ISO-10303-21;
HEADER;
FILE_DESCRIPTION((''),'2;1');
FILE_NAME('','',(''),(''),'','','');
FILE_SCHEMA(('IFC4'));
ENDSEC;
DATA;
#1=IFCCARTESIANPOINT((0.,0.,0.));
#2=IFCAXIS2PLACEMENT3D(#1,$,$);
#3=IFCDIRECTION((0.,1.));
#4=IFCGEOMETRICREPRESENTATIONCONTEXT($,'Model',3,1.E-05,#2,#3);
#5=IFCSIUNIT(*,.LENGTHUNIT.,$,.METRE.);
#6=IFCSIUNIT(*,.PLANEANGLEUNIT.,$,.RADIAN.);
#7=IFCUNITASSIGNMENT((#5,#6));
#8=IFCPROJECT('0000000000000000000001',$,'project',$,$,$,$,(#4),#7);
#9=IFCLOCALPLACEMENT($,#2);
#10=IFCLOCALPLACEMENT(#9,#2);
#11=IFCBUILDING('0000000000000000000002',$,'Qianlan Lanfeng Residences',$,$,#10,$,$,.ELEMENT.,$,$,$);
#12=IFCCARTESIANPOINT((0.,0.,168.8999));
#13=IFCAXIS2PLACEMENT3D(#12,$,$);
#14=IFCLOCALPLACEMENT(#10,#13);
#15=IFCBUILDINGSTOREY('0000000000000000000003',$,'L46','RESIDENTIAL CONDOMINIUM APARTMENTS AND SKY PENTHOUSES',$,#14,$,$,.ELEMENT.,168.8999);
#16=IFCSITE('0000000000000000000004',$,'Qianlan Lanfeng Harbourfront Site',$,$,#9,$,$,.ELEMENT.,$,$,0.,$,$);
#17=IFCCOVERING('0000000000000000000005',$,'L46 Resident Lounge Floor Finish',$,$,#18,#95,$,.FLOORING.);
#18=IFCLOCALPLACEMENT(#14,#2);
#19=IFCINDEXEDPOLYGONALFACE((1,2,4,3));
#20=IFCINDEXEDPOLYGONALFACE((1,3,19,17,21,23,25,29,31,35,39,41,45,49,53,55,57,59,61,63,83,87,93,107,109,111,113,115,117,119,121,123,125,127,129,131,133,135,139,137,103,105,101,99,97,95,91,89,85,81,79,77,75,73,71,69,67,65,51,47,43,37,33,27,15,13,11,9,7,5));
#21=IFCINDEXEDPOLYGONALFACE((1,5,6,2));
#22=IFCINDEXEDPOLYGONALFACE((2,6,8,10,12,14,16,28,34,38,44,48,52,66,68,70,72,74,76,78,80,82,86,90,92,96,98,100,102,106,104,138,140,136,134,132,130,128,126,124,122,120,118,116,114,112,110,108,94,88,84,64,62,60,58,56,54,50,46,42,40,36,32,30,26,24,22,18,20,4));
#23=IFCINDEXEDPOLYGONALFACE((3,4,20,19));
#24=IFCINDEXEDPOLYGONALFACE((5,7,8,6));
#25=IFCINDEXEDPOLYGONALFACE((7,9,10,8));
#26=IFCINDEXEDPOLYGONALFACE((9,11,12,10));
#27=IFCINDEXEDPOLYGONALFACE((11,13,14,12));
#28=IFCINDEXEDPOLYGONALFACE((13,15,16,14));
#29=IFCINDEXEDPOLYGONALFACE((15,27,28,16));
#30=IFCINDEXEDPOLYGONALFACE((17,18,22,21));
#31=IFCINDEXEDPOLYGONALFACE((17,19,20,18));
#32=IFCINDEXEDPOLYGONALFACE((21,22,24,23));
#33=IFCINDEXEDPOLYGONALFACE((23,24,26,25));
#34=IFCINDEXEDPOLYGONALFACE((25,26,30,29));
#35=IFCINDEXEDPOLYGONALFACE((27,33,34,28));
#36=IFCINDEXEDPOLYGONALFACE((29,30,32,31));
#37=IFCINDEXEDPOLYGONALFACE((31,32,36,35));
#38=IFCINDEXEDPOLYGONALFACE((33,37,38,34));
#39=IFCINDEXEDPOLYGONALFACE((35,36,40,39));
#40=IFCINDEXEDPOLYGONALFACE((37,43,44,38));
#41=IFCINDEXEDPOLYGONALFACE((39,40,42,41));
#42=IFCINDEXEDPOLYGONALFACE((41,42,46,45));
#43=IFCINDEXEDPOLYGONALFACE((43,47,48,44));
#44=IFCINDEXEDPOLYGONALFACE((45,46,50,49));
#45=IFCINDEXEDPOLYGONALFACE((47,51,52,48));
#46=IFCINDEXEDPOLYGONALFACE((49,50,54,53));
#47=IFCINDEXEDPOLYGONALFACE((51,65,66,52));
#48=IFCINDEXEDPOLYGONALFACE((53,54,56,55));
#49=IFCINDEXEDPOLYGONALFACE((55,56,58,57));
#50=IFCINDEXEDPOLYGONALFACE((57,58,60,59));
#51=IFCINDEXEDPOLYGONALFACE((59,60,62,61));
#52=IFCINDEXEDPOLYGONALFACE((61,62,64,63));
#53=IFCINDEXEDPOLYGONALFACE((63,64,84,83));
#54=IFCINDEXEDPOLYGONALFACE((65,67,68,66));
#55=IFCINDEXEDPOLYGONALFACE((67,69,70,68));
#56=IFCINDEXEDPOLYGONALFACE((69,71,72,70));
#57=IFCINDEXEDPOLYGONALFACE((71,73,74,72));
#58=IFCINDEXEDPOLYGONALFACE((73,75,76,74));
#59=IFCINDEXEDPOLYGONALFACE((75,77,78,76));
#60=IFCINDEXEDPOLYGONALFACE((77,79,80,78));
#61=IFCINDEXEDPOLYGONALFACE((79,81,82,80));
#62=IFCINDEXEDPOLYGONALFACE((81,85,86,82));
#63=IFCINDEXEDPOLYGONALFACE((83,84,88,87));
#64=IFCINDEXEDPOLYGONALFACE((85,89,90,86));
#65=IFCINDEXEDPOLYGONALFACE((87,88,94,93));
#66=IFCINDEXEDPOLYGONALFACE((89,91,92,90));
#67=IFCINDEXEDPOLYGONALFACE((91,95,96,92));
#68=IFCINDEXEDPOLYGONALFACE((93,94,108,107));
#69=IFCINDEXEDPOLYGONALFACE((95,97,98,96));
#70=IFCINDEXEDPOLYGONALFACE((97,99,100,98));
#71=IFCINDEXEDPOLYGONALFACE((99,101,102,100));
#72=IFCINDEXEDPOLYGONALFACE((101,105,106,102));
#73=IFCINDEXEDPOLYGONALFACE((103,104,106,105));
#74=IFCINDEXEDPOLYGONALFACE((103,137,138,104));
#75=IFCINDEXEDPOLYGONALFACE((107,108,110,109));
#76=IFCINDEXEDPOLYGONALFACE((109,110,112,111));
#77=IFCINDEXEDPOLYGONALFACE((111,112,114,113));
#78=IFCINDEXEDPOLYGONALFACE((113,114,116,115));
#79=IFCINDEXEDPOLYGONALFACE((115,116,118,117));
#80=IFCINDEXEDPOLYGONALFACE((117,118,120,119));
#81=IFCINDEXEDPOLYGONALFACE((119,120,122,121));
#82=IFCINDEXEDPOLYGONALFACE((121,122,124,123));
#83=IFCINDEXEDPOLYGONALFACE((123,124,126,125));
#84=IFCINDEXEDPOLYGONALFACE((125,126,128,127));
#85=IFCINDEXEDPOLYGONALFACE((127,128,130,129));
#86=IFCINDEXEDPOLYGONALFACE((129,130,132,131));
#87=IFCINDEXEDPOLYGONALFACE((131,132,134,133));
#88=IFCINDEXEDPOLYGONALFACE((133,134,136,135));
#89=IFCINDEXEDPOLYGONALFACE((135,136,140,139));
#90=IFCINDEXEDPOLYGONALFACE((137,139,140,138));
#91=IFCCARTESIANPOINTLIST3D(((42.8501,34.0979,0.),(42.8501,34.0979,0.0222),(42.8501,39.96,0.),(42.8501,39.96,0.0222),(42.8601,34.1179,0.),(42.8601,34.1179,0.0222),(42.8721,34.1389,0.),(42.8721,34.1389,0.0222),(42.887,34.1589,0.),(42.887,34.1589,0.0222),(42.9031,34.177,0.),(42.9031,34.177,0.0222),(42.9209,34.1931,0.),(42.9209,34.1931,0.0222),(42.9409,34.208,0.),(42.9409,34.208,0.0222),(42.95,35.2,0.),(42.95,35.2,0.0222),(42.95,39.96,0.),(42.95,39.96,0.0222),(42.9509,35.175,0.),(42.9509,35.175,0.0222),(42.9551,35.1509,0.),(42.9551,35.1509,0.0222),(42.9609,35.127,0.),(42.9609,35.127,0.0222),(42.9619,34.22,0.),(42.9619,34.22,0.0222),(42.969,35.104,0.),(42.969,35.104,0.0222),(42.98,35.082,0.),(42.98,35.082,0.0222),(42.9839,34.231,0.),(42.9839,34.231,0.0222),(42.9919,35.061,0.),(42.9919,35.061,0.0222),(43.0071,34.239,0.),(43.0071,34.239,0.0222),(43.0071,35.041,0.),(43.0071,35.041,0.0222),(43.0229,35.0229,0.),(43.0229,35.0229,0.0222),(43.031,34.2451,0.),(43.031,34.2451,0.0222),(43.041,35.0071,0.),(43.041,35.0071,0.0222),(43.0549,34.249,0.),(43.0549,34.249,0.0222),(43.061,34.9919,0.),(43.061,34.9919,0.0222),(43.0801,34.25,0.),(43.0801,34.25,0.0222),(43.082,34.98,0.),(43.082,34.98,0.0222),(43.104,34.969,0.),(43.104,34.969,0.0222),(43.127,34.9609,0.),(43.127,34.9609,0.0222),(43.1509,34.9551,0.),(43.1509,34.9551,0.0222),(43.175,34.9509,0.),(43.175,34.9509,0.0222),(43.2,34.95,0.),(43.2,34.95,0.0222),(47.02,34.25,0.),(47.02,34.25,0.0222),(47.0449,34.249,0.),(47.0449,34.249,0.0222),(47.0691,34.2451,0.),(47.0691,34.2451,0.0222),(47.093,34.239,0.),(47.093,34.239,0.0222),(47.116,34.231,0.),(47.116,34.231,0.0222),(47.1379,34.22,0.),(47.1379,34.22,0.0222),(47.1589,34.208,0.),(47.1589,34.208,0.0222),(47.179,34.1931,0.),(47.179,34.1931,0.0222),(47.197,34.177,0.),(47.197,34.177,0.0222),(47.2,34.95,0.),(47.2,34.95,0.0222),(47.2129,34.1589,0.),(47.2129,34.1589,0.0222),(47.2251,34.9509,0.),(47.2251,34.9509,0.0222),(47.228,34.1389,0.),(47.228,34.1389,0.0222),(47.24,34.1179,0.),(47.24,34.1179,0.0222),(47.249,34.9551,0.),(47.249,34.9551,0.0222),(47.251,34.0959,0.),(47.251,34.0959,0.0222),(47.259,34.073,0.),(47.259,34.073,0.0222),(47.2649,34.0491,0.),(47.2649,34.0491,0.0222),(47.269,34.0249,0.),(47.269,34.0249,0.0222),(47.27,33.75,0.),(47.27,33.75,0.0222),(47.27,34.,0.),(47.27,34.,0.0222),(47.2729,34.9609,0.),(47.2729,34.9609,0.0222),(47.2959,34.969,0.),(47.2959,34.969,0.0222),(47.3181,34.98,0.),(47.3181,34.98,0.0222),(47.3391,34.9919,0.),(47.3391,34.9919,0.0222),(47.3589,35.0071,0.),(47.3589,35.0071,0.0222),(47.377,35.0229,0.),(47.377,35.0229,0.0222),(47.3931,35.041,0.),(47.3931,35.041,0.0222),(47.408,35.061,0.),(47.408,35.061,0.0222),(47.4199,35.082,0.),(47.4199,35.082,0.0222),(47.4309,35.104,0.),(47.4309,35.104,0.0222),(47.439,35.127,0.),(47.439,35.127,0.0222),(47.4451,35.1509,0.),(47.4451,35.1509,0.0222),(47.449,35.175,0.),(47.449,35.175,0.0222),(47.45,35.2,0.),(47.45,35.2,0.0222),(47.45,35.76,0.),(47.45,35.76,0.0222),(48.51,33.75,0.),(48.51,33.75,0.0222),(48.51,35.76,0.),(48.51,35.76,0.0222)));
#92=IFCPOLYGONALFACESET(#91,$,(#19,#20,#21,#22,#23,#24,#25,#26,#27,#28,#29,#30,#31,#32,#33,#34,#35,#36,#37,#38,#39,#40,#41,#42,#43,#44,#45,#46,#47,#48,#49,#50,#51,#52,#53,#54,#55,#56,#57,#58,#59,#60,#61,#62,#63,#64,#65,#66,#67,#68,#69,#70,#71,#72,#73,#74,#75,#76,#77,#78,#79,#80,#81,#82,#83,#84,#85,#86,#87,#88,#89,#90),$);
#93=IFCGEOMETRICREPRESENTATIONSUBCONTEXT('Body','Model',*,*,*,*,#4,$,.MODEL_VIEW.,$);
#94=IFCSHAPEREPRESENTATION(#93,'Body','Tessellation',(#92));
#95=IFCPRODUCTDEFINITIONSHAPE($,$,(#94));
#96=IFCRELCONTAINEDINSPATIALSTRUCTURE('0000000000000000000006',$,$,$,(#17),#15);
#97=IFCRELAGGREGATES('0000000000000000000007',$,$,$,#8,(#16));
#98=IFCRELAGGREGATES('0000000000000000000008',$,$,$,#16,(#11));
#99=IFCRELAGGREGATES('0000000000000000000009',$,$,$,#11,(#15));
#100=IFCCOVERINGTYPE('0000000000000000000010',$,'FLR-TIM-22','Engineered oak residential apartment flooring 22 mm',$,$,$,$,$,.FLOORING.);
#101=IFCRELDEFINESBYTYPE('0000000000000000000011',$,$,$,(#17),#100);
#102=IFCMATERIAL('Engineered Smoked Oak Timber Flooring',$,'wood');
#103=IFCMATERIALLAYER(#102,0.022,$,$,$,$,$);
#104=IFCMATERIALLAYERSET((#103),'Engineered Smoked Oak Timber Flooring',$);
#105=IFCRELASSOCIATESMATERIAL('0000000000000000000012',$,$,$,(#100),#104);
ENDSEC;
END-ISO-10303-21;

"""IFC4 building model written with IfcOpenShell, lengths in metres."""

from ifc_helpers import new_model, si_unit, direction, frame, origin, place, context, subcontext, project, spatial, polyline, outline, extrude, material, layer, layer_set, type_object, element, save


model = new_model("IFC4")

# Units and contexts
model_context = context("Model", 3, precision=1e-05, world=origin(), true_north=direction((0.0, 1.0)))
body_context = subcontext(model_context, "Body", "Model", "MODEL_VIEW")
ifc_project = project(units=[si_unit("LENGTHUNIT", "METRE"), si_unit("PLANEANGLEUNIT", "RADIAN")], contexts=[model_context])

# Site, building, storey
site_placement = place(None, origin())
site = spatial("IfcSite", under=ifc_project, at=site_placement, Name="Qianlan Lanfeng Harbourfront Site", CompositionType="ELEMENT", RefElevation=0.0)
building_placement = place(site_placement, origin())
building = spatial("IfcBuilding", under=site, at=building_placement, Name="Qianlan Lanfeng Residences", CompositionType="ELEMENT")
storey_placement = place(building_placement, frame((0.0, 0.0, 168.8999)))
storey = spatial("IfcBuildingStorey", under=building, at=storey_placement, Name="L46", Description="RESIDENTIAL CONDOMINIUM APARTMENTS AND SKY PENTHOUSES", CompositionType="ELEMENT", Elevation=168.8999)

# Covering
ifc_material_1 = material(Name="Engineered Smoked Oak Timber Flooring", Category="wood")
ifc_layer_1 = layer(ifc_material_1, 0.022)
ifc_layer_set_1 = layer_set([ifc_layer_1], Name="Engineered Smoked Oak Timber Flooring")
covering_type = type_object("IfcCoveringType", Name="FLR-TIM-22", Description="Engineered oak residential apartment flooring 22 mm", PredefinedType="FLOORING", material=ifc_layer_set_1)
covering_1_placement = place(storey_placement, origin())
element("IfcCovering", 1, at=covering_1_placement, inside=storey, type_object=covering_type, Name="L46 Resident Lounge Floor Finish", PredefinedType="FLOORING", context=body_context, shape_type="SweptSolid", body=[
    extrude(outline(polyline([(42.8501, 34.0979), (42.8601, 34.1179), (42.8721, 34.1389), (42.887, 34.1589), (42.9031, 34.177), (42.9209, 34.1931), (42.9409, 34.208), (42.9619, 34.22), (42.9839, 34.231), (43.0071, 34.239), (43.031, 34.2451), (43.0549, 34.249), (43.0801, 34.25), (47.02, 34.25), (47.0449, 34.249), (47.0691, 34.2451), (47.093, 34.239), (47.116, 34.231), (47.1379, 34.22), (47.1589, 34.208), (47.179, 34.1931), (47.197, 34.177), (47.2129, 34.1589), (47.228, 34.1389), (47.24, 34.1179), (47.251, 34.0959), (47.259, 34.073), (47.2649, 34.0491), (47.269, 34.0249), (47.27, 34.0), (47.27, 33.75), (48.51, 33.75), (48.51, 35.76), (47.45, 35.76), (47.45, 35.2), (47.449, 35.175), (47.4451, 35.1509), (47.439, 35.127), (47.4309, 35.104), (47.4199, 35.082), (47.408, 35.061), (47.3931, 35.041), (47.377, 35.0229), (47.3589, 35.0071), (47.3391, 34.9919), (47.3181, 34.98), (47.2959, 34.969), (47.2729, 34.9609), (47.249, 34.9551), (47.2251, 34.9509), (47.2, 34.95), (43.2, 34.95), (43.175, 34.9509), (43.1509, 34.9551), (43.127, 34.9609), (43.104, 34.969), (43.082, 34.98), (43.061, 34.9919), (43.041, 35.0071), (43.0229, 35.0229), (43.0071, 35.041), (42.9919, 35.061), (42.98, 35.082), (42.969, 35.104), (42.9609, 35.127), (42.9551, 35.1509), (42.9509, 35.175), (42.95, 35.2), (42.95, 39.96), (42.8501, 39.96), (42.8501, 34.0979)])), origin(), (0.0, 0.0, 1.0), 0.0222),
])

save(model, "model.ifc")
